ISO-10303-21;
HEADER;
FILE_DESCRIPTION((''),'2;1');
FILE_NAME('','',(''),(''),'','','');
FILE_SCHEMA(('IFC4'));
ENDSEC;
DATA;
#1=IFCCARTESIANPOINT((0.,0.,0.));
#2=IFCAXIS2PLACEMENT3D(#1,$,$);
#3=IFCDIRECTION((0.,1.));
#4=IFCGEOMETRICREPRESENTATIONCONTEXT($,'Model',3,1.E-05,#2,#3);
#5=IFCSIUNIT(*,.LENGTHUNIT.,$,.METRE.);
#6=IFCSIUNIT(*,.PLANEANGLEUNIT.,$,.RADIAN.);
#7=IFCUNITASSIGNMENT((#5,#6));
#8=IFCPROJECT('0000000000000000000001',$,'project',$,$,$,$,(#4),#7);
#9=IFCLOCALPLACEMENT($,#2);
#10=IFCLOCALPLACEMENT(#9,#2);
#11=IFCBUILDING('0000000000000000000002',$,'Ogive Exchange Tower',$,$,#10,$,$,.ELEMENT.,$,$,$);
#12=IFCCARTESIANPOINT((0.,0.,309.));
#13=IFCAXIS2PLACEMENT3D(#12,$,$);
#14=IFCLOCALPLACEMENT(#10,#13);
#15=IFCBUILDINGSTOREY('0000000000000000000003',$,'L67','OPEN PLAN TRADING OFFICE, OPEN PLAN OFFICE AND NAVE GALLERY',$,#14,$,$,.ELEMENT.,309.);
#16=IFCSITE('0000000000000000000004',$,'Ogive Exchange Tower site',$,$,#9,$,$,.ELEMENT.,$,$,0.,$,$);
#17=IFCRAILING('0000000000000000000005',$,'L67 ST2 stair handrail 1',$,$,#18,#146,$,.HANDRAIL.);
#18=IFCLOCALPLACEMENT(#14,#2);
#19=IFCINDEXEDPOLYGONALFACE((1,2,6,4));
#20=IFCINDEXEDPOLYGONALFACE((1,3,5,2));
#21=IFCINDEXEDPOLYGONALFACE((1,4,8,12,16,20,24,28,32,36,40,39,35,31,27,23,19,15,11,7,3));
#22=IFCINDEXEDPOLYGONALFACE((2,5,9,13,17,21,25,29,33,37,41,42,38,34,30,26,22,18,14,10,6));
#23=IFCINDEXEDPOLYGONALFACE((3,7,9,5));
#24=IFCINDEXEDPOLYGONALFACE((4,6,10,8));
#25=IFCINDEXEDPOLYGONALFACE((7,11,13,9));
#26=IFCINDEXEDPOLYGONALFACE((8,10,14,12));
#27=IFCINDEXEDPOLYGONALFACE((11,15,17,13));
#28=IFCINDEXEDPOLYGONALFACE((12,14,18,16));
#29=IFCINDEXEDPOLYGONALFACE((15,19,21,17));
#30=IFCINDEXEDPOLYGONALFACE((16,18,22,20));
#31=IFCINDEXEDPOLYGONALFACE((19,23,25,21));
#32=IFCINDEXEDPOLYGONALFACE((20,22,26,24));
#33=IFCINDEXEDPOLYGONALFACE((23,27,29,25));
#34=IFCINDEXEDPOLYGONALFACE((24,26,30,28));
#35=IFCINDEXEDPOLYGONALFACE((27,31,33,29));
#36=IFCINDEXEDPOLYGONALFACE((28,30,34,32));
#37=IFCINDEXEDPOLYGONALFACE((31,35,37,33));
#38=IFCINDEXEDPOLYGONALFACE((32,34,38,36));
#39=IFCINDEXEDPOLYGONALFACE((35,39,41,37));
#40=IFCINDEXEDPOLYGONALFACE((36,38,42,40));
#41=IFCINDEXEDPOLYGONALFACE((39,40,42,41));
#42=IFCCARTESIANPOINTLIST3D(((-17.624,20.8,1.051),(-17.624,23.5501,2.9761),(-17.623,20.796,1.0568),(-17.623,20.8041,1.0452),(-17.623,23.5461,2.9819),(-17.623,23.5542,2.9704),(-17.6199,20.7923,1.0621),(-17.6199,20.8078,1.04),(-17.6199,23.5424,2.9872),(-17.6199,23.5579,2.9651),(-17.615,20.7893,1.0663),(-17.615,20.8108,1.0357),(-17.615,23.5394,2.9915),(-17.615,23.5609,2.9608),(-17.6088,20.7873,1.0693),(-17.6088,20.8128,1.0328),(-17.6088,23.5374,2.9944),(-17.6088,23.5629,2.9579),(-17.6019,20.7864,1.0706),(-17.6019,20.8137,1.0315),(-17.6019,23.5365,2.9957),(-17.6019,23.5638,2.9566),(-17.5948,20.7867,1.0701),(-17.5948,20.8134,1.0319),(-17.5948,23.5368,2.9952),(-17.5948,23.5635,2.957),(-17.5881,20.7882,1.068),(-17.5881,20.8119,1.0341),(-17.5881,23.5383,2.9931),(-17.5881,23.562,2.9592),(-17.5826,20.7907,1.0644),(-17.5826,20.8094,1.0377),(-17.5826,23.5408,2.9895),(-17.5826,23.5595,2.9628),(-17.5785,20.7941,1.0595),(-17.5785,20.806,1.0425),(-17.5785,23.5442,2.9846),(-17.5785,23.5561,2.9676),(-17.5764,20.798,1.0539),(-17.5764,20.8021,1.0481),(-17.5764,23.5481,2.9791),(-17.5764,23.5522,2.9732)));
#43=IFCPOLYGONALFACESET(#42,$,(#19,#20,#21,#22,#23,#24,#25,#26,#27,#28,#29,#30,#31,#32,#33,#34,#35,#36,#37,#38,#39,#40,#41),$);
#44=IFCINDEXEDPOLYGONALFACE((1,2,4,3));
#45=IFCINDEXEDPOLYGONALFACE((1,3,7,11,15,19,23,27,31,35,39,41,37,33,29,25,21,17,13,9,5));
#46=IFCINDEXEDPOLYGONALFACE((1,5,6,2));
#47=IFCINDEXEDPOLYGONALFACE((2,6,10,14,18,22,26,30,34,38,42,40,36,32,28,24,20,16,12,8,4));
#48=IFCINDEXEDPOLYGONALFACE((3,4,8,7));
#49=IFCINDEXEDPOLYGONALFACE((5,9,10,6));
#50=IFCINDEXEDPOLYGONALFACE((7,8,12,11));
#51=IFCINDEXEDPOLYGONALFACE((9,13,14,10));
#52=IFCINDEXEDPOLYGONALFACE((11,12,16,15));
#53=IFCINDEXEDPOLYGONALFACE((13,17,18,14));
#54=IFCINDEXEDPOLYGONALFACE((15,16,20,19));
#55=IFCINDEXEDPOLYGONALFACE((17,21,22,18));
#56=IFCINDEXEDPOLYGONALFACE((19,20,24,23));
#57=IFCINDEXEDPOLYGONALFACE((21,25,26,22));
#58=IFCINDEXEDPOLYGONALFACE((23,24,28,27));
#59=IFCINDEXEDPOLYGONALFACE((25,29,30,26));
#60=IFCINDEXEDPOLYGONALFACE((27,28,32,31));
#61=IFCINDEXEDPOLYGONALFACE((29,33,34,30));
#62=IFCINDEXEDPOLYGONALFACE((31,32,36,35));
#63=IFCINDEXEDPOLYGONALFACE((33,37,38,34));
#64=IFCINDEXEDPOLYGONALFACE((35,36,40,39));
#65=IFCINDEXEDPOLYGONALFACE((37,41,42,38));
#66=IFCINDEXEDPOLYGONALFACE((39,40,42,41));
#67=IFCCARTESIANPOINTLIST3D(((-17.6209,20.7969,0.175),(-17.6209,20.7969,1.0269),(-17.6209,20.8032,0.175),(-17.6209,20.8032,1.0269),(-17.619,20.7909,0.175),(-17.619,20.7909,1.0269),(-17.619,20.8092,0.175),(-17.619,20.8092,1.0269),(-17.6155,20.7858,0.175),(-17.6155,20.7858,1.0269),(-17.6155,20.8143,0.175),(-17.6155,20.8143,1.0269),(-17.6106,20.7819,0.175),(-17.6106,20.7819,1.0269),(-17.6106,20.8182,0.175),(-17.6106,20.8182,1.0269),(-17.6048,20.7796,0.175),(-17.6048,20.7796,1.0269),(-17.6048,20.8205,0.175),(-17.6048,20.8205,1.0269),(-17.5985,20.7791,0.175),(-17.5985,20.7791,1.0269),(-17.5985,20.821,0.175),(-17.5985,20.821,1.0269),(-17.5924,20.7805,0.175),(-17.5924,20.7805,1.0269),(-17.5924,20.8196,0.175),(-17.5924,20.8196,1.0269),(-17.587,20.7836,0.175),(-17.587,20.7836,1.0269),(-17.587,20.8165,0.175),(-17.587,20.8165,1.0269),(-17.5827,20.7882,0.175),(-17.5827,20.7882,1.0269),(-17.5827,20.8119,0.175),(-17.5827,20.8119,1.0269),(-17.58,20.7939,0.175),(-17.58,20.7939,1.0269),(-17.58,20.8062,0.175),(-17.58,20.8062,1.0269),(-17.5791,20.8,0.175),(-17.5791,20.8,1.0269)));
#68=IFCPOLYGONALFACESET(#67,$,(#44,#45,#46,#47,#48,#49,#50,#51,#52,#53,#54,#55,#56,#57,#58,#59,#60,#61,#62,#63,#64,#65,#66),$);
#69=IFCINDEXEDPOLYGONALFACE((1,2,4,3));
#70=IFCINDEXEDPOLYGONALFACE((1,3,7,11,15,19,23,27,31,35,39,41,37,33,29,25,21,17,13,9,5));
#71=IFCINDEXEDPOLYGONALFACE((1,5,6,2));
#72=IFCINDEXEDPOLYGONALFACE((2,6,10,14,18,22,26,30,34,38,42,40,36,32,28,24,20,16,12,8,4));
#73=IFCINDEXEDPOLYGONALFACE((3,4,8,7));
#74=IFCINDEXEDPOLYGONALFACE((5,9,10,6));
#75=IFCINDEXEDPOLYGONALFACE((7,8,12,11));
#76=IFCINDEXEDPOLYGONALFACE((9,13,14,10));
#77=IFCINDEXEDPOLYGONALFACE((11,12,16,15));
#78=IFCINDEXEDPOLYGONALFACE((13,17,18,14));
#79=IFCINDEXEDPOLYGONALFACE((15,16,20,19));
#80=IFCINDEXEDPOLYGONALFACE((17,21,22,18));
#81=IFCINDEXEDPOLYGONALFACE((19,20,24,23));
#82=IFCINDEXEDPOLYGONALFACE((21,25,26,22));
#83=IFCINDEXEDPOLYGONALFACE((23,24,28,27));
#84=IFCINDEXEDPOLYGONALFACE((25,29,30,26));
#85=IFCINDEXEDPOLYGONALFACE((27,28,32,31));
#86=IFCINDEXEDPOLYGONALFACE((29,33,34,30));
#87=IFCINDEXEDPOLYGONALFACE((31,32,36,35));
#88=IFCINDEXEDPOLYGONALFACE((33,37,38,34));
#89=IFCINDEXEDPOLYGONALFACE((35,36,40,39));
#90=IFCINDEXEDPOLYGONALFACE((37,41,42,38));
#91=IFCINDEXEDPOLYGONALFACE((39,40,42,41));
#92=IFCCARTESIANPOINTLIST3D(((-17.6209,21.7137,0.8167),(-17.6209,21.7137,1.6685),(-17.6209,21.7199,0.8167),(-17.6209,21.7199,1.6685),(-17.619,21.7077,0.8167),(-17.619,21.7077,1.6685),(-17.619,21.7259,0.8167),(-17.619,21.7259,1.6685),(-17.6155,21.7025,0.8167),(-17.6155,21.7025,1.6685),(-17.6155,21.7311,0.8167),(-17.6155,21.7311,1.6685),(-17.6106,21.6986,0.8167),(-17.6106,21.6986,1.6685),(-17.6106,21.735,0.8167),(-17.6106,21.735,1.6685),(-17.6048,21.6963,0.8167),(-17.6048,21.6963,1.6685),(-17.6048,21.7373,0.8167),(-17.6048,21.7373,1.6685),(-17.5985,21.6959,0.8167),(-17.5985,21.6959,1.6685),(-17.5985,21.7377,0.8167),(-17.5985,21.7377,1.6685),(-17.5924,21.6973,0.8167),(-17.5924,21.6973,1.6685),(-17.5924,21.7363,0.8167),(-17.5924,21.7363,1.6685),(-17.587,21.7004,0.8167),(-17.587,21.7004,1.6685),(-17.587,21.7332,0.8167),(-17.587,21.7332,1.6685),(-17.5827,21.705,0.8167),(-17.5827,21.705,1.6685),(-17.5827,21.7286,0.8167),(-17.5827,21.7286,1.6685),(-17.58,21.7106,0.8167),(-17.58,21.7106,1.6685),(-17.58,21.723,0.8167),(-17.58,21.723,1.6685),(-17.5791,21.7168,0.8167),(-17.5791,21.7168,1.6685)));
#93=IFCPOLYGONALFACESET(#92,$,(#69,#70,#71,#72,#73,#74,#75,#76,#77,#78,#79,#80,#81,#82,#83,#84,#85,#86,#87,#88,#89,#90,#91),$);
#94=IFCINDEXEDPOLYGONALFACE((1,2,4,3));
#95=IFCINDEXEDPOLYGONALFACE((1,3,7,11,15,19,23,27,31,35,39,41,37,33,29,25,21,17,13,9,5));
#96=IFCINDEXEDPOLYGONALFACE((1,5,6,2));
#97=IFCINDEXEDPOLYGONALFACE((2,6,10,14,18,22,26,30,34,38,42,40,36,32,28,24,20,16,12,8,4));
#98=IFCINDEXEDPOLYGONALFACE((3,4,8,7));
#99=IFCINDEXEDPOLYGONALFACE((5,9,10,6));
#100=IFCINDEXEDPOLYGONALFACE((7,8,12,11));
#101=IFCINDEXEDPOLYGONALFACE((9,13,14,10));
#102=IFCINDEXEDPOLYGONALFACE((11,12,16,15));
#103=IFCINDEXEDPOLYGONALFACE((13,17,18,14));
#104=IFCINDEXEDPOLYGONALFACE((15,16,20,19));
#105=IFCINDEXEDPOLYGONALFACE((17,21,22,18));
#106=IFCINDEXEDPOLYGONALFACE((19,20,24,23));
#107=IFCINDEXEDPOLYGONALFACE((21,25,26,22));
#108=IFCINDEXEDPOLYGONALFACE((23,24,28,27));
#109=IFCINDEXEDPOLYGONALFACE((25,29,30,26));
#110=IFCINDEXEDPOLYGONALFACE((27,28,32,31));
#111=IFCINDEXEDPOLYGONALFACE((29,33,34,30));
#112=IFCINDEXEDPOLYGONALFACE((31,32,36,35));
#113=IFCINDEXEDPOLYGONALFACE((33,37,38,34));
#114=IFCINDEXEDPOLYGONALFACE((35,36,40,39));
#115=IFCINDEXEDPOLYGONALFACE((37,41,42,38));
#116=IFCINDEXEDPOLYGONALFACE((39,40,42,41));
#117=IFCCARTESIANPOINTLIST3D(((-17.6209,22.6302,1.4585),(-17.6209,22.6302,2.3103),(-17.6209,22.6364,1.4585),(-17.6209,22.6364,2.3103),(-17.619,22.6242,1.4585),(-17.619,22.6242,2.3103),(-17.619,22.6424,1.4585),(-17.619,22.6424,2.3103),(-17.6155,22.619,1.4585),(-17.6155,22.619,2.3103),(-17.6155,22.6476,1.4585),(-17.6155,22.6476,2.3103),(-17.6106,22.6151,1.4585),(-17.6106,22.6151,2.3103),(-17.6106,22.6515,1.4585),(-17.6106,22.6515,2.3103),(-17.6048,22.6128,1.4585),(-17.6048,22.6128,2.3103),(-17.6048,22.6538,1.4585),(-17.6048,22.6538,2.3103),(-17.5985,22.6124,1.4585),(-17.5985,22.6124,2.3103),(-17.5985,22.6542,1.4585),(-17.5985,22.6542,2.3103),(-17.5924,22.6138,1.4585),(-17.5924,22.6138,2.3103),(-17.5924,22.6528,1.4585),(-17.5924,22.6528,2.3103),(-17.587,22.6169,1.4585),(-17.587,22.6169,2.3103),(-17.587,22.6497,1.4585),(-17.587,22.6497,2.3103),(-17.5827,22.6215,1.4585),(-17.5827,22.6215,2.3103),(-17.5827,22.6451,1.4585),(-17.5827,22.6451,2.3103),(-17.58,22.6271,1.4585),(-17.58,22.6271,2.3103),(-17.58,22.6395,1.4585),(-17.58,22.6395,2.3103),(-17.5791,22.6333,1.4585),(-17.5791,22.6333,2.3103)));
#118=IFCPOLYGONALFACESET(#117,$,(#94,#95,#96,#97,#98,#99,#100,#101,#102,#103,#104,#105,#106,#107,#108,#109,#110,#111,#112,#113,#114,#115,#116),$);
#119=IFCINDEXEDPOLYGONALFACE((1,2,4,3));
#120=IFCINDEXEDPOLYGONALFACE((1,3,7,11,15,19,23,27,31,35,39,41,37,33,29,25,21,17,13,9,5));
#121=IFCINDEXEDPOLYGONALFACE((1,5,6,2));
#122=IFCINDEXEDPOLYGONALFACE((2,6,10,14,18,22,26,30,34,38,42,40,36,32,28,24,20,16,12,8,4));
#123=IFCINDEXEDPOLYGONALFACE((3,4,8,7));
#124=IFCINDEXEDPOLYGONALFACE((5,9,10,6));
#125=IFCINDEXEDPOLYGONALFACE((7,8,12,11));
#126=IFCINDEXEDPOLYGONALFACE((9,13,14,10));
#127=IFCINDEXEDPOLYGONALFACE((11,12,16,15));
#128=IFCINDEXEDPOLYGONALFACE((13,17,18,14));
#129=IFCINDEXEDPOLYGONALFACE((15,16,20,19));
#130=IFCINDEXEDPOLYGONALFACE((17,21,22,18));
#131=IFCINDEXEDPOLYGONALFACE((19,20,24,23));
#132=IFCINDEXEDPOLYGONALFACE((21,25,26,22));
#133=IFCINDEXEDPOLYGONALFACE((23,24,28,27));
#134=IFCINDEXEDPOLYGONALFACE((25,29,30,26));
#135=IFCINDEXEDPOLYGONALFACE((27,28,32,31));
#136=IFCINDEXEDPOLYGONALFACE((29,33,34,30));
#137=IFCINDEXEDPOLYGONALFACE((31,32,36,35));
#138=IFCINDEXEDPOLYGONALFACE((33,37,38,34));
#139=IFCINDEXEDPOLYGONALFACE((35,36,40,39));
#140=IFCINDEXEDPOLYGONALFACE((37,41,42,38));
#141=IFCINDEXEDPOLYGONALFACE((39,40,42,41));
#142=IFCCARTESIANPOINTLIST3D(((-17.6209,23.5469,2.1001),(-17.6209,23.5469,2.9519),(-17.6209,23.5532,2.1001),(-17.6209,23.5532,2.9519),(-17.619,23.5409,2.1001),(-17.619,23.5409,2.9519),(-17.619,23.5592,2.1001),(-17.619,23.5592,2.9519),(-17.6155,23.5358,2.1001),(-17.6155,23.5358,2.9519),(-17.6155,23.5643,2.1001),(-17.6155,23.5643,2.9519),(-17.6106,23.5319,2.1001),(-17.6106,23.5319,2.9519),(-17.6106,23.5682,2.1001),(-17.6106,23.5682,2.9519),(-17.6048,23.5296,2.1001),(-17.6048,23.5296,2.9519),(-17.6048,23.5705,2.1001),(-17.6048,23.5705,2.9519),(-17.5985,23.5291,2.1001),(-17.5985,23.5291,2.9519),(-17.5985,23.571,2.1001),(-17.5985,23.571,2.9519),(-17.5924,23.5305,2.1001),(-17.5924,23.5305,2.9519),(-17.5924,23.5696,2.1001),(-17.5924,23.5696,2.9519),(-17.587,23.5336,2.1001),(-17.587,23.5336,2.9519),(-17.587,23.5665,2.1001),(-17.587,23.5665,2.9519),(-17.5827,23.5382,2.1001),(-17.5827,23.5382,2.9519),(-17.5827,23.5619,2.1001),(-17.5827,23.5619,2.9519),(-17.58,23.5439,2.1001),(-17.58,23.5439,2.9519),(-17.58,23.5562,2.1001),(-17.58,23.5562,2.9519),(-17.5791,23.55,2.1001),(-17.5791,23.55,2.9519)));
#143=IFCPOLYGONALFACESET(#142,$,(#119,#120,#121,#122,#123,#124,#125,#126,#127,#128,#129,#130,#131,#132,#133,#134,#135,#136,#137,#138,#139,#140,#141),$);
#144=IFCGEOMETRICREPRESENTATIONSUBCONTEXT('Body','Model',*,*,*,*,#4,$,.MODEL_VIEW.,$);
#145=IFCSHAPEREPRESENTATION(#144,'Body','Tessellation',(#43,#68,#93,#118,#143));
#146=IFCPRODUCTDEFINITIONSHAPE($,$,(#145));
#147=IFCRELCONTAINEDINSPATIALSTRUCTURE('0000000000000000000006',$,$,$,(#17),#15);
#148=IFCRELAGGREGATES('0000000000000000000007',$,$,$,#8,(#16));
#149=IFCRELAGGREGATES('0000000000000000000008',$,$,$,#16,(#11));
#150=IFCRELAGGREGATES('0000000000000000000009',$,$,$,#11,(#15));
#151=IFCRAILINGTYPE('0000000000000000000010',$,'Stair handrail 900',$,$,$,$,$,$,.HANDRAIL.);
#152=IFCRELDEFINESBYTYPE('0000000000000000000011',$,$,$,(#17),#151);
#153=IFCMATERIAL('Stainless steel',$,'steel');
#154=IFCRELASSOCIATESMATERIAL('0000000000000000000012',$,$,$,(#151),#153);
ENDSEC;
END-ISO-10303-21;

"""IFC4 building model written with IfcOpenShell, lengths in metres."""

from ifc_helpers import new_model, si_unit, direction, frame, origin, origin_2d, place, context, subcontext, project, spatial, circle, extrude, material, type_object, element, save


model = new_model("IFC4")

# Units and contexts
model_context = context("Model", 3, precision=1e-05, world=origin(), true_north=direction((0.0, 1.0)))
body_context = subcontext(model_context, "Body", "Model", "MODEL_VIEW")
ifc_project = project(units=[si_unit("LENGTHUNIT", "METRE"), si_unit("PLANEANGLEUNIT", "RADIAN")], contexts=[model_context])

# Site, building, storey
site_placement = place(None, origin())
site = spatial("IfcSite", under=ifc_project, at=site_placement, Name="Ogive Exchange Tower site", CompositionType="ELEMENT", RefElevation=0.0)
building_placement = place(site_placement, origin())
building = spatial("IfcBuilding", under=site, at=building_placement, Name="Ogive Exchange Tower", CompositionType="ELEMENT")
storey_placement = place(building_placement, frame((0.0, 0.0, 309.0)))
storey = spatial("IfcBuildingStorey", under=building, at=storey_placement, Name="L67", Description="OPEN PLAN TRADING OFFICE, OPEN PLAN OFFICE AND NAVE GALLERY", CompositionType="ELEMENT", Elevation=309.0)

# Railing
ifc_material_1 = material(Name="Stainless steel", Category="steel")
railing_type = type_object("IfcRailingType", Name="Stair handrail 900", PredefinedType="HANDRAIL", material=ifc_material_1)
railing_placement = place(storey_placement, frame((-17.6001, 20.8, 0.175)))
element("IfcRailing", 1, at=railing_placement, inside=storey, type_object=railing_type, Name="L67 ST2 stair handrail 1", PredefinedType="HANDRAIL", context=body_context, shape_type="SweptSolid", body=[
    extrude(circle(Radius=0.0239, at=origin_2d()), frame((0.0, 0.0, 0.876), z_axis=(0.0, 0.819225, 0.573472), x_axis=(-1.0, 0.0, 0.0)), (0.0, 0.0, 1.0), 3.3569),
    extrude(circle(Radius=0.021, at=origin_2d()), origin(), (0.0, 0.0, 1.0), 0.8518),
    extrude(circle(Radius=0.021, at=origin_2d()), frame((0.0, 0.9167, 0.6416)), (0.0, 0.0, 1.0), 0.8518),
    extrude(circle(Radius=0.021, at=origin_2d()), frame((0.0, 1.8333, 1.2834)), (0.0, 0.0, 1.0), 0.8518),
    extrude(circle(Radius=0.021, at=origin_2d()), frame((0.0, 2.75, 1.925)), (0.0, 0.0, 1.0), 0.8518),
])

save(model, "model.ifc")
